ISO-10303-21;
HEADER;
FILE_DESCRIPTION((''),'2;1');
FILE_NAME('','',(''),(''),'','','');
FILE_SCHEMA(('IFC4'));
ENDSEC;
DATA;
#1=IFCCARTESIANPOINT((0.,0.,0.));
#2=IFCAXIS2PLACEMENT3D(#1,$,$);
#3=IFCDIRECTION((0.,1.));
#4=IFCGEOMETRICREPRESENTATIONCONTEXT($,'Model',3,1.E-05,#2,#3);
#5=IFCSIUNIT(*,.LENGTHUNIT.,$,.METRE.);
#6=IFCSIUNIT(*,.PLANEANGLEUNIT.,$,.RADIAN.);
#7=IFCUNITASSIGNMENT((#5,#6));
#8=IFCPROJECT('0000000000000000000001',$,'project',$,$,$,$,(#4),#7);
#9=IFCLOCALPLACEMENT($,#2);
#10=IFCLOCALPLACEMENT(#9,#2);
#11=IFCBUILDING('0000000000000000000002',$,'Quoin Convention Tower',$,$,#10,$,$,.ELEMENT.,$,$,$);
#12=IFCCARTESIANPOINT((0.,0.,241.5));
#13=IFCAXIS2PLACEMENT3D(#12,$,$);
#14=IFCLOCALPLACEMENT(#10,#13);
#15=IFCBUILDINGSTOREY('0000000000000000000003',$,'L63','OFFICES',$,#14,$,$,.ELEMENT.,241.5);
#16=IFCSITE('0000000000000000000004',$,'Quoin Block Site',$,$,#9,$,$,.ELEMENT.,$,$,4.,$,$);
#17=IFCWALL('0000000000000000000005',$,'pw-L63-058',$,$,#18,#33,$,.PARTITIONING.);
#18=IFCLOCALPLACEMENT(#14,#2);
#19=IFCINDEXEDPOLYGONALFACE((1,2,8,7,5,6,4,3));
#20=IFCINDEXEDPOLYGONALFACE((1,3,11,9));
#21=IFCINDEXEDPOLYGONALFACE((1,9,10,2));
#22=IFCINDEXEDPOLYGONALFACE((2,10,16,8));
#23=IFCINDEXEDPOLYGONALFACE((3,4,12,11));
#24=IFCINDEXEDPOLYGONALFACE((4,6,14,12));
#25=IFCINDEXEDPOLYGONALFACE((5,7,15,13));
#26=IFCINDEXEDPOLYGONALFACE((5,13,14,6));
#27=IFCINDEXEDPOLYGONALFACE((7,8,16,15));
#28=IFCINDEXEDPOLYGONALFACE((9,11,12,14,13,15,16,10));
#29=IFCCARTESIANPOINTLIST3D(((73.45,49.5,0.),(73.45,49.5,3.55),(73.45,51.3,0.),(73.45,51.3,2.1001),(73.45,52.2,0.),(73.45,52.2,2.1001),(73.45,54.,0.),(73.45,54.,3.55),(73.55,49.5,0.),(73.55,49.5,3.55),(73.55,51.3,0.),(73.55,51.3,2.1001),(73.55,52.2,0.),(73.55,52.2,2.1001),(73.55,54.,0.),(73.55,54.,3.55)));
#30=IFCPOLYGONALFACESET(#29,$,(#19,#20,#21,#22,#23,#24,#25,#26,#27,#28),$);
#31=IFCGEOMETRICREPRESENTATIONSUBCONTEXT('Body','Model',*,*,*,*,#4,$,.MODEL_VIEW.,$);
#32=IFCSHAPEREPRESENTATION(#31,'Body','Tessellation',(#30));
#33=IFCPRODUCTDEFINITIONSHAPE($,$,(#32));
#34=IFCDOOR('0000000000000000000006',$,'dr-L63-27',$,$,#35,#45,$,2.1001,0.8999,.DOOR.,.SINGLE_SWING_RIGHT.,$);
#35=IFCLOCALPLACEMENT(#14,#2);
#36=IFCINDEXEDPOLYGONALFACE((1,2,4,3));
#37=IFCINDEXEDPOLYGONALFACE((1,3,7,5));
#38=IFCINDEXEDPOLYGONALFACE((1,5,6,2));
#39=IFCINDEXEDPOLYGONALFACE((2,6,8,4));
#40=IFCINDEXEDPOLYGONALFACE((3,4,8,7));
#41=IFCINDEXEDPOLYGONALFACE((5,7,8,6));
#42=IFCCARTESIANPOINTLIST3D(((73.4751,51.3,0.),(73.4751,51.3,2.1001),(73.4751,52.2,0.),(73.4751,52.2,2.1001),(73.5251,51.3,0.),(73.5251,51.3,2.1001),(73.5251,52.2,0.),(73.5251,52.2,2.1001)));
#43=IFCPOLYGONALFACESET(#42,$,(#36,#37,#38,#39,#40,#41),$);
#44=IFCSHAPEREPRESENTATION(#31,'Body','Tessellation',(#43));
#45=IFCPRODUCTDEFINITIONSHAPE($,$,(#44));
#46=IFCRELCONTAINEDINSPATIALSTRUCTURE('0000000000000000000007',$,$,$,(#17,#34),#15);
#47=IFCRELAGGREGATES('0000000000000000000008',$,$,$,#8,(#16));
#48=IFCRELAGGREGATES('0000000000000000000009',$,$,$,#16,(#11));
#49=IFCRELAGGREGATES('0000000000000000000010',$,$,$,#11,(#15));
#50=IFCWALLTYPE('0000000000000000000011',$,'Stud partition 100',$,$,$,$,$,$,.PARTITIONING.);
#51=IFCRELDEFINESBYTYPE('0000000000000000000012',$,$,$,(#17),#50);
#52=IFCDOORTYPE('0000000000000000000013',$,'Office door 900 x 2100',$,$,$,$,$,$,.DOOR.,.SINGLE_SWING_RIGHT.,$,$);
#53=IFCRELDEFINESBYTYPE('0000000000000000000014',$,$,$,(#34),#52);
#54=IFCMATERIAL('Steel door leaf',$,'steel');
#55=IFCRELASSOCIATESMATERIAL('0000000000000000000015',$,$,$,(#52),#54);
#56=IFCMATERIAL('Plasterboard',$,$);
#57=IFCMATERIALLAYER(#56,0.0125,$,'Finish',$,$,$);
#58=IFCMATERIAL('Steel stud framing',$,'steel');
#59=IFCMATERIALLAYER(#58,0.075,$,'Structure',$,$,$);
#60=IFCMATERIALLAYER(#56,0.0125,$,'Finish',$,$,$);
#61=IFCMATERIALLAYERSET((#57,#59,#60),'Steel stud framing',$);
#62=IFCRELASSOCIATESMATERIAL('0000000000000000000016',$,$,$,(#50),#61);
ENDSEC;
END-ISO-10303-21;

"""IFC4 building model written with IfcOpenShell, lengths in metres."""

from ifc_helpers import new_model, si_unit, direction, frame, frame_2d, origin, place, context, subcontext, project, spatial, rectangle, extrude, material, layer, layer_set, type_object, element, fill, save


model = new_model("IFC4")

# Units and contexts
model_context = context("Model", 3, precision=1e-05, world=origin(), true_north=direction((0.0, 1.0)))
body_context = subcontext(model_context, "Body", "Model", "MODEL_VIEW")
ifc_project = project(units=[si_unit("LENGTHUNIT", "METRE"), si_unit("PLANEANGLEUNIT", "RADIAN")], contexts=[model_context])

# Site, building, storey
site_placement = place(None, origin())
site = spatial("IfcSite", under=ifc_project, at=site_placement, Name="Quoin Block Site", CompositionType="ELEMENT", RefElevation=4.0)
building_placement = place(site_placement, origin())
building = spatial("IfcBuilding", under=site, at=building_placement, Name="Quoin Convention Tower", CompositionType="ELEMENT")
storey_placement = place(building_placement, frame((0.0, 0.0, 241.5)))
storey = spatial("IfcBuildingStorey", under=building, at=storey_placement, Name="L63", Description="OFFICES", CompositionType="ELEMENT", Elevation=241.5)

# Shared definitions
ifc_material_1 = material(Name="Plasterboard")
ifc_material_2 = material(Name="Steel stud framing", Category="steel")

# Shared definitions
ifc_material_3 = material(Name="Steel door leaf", Category="steel")
door_type = type_object("IfcDoorType", Name="Office door 900 x 2100", OperationType="SINGLE_SWING_RIGHT", PredefinedType="DOOR", material=ifc_material_3)

# Shared definitions
ifc_layer_1 = layer(ifc_material_1, 0.0125, Name="Finish")
ifc_layer_2 = layer(ifc_material_2, 0.075, Name="Structure")
ifc_layer_3 = layer(ifc_material_1, 0.0125, Name="Finish")
ifc_layer_set_1 = layer_set([ifc_layer_1, ifc_layer_2, ifc_layer_3], Name="Steel stud framing")
wall_type_1 = type_object("IfcWallType", Name="Stud partition 100", PredefinedType="PARTITIONING", material=ifc_layer_set_1)

# Wall, opening, door
wall_1_placement = place(storey_placement, frame((73.5, 49.5, 0.0), z_axis=(0.0, 0.0, 1.0), x_axis=(0.0, 1.0, 0.0)))
wall_1 = element("IfcWall", 1, at=wall_1_placement, inside=storey, type_object=wall_type_1, Name="pw-L63-058", PredefinedType="PARTITIONING", context=body_context, shape_type="SweptSolid", body=[
    extrude(rectangle(XDim=4.5, YDim=0.1001, at=frame_2d((2.25, 0.0))), origin(), (0.0, 0.0, 1.0), 3.55),
])
opening_1_placement = place(wall_1_placement, frame((1.8, 0.0, 0.0)))
opening_1 = element("IfcOpeningElement", 2, at=opening_1_placement, cuts=wall_1, PredefinedType="OPENING", context=body_context, shape_type="SweptSolid", body=[
    extrude(rectangle(XDim=0.8999, YDim=2.1001, at=frame_2d((0.45, 1.05))), frame((0.0, 0.0601, 0.0), z_axis=(0.0, -1.0, 0.0), x_axis=(1.0, 0.0, 0.0)), (0.0, 0.0, 1.0), 0.1201),
])
door_1_placement = place(opening_1_placement, origin())
door_1 = element("IfcDoor", 3, at=door_1_placement, inside=storey, type_object=door_type, Name="dr-L63-27", OperationType="SINGLE_SWING_RIGHT", OverallHeight=2.1001, OverallWidth=0.8999, PredefinedType="DOOR", context=body_context, shape_type="SweptSolid", body=[
    extrude(rectangle(XDim=0.8999, YDim=2.1001, at=frame_2d((0.45, 1.05))), frame((0.0, 0.0249, 0.0), z_axis=(0.0, -1.0, 0.0), x_axis=(1.0, 0.0, 0.0)), (0.0, 0.0, 1.0), 0.05),
])
fill(opening_1, door_1)

save(model, "model.ifc")
